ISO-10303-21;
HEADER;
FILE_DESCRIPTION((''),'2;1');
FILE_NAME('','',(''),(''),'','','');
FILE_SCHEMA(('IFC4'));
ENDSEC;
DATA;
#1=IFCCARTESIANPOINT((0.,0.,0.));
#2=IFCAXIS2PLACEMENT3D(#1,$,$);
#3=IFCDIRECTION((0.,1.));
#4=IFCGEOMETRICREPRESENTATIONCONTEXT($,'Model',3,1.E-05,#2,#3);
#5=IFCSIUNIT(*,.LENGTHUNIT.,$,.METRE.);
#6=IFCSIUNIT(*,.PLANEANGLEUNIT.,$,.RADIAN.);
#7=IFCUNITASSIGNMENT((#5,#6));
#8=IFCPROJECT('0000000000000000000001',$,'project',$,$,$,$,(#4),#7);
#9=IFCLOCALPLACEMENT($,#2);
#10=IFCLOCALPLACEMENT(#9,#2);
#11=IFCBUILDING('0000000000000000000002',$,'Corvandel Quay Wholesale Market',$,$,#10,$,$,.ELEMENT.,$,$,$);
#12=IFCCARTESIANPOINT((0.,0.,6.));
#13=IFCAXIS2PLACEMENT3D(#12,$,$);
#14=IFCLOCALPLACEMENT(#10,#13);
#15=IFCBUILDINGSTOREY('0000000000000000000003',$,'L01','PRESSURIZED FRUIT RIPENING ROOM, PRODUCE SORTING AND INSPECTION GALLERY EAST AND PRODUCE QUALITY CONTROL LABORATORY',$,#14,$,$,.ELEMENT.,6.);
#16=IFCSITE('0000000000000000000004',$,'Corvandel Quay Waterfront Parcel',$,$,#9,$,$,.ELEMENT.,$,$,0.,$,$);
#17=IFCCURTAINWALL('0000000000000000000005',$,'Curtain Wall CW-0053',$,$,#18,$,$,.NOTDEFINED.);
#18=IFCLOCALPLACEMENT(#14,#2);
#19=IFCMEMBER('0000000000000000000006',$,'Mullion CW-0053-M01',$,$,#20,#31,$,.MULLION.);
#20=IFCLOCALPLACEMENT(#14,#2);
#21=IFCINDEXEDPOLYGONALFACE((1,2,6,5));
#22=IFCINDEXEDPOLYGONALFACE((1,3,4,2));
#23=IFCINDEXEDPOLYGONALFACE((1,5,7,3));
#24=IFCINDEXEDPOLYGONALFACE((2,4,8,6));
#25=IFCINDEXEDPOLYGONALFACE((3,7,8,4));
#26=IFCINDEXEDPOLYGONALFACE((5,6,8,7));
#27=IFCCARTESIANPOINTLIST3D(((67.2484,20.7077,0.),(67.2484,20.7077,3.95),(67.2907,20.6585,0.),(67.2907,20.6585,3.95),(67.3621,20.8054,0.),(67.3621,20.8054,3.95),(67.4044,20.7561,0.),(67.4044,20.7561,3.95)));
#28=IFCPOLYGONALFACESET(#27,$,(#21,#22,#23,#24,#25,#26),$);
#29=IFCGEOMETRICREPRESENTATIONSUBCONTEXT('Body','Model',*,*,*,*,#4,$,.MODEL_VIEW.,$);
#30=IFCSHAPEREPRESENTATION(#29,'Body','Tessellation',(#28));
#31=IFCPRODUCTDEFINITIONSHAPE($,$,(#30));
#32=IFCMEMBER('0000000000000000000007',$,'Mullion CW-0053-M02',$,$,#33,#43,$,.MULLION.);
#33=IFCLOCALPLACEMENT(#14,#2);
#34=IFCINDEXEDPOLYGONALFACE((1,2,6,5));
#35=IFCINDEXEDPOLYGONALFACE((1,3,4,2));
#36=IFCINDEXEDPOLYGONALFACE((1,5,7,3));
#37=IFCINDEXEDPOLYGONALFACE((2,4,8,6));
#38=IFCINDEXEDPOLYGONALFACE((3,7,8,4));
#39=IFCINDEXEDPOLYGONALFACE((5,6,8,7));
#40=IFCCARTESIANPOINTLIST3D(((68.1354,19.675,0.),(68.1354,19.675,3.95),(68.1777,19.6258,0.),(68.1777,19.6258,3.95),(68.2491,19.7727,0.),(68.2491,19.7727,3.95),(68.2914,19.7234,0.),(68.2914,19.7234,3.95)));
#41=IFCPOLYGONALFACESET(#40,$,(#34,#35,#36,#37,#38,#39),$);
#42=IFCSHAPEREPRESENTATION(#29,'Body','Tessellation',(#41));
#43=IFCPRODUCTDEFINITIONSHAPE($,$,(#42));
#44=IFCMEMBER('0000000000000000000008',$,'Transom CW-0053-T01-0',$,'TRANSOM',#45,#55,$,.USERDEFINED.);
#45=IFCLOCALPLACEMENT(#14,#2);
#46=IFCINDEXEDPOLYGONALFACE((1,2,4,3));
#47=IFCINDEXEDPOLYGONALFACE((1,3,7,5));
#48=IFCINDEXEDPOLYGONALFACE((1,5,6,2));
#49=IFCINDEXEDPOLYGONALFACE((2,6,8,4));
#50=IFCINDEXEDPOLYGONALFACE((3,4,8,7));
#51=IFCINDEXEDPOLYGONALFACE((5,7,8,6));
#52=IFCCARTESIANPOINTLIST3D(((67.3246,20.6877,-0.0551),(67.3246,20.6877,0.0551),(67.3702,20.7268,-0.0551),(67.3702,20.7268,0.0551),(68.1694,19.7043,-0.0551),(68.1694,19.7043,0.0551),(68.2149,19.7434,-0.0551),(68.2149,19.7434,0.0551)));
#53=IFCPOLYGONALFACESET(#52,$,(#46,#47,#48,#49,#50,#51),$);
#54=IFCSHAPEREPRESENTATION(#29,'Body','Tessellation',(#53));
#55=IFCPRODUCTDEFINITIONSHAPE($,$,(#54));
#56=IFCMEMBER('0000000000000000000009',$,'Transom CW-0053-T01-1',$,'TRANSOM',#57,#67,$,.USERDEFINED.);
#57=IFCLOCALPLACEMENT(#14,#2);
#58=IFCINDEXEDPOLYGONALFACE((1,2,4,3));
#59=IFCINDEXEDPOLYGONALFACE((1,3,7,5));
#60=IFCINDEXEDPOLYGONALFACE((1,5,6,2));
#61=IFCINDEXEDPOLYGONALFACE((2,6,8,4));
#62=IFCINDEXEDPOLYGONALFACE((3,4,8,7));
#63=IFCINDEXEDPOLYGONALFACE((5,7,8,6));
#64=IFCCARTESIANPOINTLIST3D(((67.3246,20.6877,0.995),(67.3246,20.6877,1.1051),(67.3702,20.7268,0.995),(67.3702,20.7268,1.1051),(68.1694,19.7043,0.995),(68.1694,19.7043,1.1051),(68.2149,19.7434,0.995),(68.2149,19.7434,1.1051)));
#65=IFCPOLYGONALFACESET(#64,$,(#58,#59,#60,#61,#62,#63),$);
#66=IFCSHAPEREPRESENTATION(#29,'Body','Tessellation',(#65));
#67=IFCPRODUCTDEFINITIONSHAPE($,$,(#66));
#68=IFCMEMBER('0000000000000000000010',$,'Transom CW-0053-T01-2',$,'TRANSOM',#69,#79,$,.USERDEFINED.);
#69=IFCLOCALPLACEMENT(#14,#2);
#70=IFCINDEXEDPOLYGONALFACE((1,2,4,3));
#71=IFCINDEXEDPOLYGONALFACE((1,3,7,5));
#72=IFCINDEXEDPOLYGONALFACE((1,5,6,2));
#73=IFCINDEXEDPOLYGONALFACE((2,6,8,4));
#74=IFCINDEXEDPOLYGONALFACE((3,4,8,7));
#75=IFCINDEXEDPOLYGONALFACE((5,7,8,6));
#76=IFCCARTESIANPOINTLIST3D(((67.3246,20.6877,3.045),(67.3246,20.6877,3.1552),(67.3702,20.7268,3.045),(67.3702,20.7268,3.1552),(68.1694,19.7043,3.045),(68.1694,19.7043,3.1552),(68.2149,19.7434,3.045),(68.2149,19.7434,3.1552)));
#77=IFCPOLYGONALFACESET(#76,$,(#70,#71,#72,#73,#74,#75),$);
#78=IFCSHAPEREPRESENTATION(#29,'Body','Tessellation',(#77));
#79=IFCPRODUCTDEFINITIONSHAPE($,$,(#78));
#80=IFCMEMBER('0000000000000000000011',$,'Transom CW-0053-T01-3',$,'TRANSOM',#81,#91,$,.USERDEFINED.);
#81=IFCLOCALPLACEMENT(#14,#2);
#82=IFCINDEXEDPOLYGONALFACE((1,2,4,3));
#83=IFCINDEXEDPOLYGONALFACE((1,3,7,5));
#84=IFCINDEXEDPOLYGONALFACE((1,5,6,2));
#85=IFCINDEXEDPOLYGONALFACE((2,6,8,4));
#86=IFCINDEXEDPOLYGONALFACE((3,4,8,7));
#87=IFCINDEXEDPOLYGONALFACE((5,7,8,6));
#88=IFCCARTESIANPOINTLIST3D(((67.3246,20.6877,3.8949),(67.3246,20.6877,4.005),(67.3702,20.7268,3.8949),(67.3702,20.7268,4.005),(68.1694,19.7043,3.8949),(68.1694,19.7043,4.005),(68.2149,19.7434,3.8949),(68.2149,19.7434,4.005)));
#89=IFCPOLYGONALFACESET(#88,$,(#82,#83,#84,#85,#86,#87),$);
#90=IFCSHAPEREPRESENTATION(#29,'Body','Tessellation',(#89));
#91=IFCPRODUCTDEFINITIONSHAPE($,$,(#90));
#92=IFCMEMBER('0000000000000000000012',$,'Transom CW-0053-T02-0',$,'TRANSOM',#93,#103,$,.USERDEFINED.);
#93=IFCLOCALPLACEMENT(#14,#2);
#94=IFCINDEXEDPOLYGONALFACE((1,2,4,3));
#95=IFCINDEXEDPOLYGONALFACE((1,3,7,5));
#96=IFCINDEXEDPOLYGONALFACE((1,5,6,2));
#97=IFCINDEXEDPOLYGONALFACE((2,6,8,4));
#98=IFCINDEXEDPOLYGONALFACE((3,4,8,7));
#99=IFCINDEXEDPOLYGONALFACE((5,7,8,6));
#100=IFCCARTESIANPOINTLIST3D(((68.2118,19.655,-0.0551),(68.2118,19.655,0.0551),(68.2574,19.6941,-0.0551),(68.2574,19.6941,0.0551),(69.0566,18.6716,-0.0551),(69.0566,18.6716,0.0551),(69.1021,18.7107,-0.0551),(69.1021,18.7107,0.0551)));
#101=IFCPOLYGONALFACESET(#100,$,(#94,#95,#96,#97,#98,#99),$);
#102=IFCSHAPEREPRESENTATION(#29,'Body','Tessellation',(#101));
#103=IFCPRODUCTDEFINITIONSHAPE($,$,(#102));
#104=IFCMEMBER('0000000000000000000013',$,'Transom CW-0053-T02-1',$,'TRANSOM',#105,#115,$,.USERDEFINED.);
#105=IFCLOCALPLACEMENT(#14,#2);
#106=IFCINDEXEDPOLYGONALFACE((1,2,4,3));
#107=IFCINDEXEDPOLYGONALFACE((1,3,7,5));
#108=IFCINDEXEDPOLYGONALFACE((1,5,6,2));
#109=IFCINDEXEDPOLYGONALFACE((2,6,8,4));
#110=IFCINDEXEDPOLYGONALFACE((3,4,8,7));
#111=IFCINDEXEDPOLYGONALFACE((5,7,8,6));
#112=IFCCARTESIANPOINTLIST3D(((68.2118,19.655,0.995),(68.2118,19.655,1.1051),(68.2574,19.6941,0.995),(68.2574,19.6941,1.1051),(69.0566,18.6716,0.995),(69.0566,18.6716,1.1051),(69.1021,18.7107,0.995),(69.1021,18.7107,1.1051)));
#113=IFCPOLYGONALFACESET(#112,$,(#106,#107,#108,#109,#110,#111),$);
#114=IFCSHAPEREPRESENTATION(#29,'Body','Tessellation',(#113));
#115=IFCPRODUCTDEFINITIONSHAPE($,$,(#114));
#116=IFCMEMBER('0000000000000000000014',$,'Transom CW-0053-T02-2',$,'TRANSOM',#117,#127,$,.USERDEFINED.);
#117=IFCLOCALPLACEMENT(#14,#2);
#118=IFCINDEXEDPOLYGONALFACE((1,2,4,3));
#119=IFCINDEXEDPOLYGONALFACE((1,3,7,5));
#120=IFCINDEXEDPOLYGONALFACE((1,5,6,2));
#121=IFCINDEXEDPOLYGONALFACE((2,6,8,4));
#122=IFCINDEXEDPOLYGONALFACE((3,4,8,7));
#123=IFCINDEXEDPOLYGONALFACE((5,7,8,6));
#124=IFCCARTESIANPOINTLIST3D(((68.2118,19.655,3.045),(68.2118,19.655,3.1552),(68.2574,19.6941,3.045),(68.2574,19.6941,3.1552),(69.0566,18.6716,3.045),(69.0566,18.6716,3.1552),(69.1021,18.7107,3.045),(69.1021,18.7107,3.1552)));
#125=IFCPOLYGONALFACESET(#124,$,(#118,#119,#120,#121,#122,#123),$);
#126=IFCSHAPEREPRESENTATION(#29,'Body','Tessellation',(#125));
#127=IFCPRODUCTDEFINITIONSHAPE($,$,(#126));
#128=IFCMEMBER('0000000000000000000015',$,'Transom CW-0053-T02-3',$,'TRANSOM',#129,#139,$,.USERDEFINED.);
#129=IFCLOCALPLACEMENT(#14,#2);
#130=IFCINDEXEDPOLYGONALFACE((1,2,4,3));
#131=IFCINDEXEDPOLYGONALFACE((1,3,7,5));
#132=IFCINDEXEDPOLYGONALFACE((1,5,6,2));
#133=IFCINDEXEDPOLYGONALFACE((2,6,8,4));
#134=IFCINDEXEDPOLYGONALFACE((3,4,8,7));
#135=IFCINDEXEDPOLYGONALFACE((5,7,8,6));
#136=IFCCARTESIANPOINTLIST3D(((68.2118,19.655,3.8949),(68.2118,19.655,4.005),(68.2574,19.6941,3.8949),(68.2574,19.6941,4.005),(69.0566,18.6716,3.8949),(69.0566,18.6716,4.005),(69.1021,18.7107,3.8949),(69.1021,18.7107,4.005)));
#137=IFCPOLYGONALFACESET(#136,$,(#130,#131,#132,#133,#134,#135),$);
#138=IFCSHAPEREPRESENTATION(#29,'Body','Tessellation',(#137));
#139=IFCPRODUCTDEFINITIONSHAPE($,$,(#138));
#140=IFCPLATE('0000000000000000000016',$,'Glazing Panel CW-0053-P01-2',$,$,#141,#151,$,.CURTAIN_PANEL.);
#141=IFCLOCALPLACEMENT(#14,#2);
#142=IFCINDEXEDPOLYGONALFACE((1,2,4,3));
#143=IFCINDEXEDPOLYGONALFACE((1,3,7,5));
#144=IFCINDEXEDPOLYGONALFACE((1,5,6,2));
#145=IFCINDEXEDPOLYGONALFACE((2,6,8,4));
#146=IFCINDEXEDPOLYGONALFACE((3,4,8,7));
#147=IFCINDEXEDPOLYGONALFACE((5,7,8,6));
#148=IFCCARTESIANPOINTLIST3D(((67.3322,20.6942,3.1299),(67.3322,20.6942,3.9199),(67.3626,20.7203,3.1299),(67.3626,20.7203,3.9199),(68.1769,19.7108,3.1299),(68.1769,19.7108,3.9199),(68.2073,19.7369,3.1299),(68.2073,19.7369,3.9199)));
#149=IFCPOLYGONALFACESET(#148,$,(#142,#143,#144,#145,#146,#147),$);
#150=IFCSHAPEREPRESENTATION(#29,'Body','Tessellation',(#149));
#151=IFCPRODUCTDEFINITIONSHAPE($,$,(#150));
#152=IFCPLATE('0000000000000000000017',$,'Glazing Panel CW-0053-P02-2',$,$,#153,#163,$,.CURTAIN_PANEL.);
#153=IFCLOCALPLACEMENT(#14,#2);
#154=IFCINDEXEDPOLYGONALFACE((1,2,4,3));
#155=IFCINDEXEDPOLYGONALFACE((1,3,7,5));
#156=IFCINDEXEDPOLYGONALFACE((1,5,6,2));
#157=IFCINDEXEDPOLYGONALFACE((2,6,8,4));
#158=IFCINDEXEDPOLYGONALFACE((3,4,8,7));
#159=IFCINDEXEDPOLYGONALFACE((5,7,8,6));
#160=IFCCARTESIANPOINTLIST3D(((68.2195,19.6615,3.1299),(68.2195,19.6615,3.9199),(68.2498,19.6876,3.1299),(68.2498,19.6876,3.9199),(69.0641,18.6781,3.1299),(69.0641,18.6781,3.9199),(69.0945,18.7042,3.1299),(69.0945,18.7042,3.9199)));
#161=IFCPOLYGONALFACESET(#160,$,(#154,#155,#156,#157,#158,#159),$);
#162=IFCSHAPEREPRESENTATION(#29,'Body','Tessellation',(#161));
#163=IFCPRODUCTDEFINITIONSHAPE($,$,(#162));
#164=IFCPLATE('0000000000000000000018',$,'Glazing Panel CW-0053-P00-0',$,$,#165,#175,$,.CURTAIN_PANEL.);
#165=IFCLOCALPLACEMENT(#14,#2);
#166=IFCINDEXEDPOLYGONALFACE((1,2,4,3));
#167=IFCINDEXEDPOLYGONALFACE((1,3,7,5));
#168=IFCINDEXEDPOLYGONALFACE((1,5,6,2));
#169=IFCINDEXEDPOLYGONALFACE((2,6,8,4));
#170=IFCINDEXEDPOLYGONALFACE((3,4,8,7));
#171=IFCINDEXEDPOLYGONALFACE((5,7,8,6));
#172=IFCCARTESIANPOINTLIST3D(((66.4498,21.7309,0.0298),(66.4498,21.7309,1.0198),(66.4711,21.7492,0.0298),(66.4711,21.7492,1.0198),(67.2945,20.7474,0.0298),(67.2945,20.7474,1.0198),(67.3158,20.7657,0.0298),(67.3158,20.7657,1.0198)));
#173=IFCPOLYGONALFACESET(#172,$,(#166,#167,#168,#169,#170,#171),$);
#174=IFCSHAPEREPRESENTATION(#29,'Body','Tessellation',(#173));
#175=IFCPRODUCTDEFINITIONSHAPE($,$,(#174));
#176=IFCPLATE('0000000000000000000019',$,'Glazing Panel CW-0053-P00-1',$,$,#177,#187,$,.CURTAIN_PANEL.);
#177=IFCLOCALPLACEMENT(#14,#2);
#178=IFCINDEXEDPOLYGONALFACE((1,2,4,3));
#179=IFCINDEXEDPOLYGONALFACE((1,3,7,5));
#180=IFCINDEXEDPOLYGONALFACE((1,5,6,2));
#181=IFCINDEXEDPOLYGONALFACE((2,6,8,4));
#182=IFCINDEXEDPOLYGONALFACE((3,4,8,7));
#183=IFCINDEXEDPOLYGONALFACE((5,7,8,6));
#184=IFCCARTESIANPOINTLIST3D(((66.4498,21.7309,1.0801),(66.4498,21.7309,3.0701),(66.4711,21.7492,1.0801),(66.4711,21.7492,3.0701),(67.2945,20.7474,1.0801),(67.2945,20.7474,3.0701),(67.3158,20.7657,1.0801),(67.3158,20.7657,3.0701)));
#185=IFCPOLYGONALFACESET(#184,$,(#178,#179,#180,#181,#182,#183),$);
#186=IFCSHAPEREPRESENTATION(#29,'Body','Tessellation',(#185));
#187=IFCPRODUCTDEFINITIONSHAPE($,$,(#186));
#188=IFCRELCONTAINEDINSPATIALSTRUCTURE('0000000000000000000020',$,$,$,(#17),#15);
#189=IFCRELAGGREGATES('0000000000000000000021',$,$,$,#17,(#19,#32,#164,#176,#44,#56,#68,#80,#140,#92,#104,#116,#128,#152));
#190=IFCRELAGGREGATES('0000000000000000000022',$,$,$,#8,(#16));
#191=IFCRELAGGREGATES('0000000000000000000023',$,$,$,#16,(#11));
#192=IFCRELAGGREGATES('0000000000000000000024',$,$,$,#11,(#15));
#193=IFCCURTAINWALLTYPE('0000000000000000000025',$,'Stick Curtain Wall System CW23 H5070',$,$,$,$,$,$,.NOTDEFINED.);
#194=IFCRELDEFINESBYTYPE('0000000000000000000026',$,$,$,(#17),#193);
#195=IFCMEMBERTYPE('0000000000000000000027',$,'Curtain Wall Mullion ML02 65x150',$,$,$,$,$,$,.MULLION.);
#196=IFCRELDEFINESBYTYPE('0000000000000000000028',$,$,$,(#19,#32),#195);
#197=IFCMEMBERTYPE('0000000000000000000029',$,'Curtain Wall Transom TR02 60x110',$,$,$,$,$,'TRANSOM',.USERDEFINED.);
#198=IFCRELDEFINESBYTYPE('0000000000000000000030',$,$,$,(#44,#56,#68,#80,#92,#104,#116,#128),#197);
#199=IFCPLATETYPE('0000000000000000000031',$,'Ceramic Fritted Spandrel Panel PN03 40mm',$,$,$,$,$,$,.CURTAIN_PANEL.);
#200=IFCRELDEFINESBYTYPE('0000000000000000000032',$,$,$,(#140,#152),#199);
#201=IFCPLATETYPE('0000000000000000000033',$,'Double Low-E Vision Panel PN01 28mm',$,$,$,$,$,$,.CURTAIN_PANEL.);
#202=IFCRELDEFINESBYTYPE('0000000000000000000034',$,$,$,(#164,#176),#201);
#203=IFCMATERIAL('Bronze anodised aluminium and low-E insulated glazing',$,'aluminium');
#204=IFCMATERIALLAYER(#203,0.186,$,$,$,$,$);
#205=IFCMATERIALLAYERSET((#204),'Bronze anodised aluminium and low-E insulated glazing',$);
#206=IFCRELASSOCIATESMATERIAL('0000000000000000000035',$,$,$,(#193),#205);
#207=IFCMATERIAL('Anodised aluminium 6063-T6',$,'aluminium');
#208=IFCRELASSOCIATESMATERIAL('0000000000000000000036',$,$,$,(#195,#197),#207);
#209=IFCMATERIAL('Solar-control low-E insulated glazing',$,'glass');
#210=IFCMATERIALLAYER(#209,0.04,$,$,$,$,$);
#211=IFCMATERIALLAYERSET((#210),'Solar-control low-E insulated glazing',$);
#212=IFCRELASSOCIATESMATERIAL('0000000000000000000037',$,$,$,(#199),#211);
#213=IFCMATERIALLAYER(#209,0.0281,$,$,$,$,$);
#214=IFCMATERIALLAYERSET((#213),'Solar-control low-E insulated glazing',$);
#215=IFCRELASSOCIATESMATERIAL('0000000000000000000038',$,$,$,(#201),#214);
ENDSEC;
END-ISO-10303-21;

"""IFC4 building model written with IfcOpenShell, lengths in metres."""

from ifc_helpers import new_model, si_unit, direction, frame, origin, origin_2d, place, context, subcontext, project, spatial, rectangle, extrude, material, layer, layer_set, material_profile, profile_set, type_object, element, aggregate, save


model = new_model("IFC4")

# Units and contexts
model_context = context("Model", 3, precision=1e-05, world=origin(), true_north=direction((0.0, 1.0)))
body_context = subcontext(model_context, "Body", "Model", "MODEL_VIEW")
ifc_project = project(units=[si_unit("LENGTHUNIT", "METRE"), si_unit("PLANEANGLEUNIT", "RADIAN")], contexts=[model_context])

# Site, building, storey
site_placement = place(None, origin())
site = spatial("IfcSite", under=ifc_project, at=site_placement, Name="Corvandel Quay Waterfront Parcel", CompositionType="ELEMENT", RefElevation=0.0)
building_placement = place(site_placement, origin())
building = spatial("IfcBuilding", under=site, at=building_placement, Name="Corvandel Quay Wholesale Market", CompositionType="ELEMENT")
storey_placement = place(building_placement, frame((0.0, 0.0, 6.0)))
storey = spatial("IfcBuildingStorey", under=building, at=storey_placement, Name="L01", Description="PRESSURIZED FRUIT RIPENING ROOM, PRODUCE SORTING AND INSPECTION GALLERY EAST AND PRODUCE QUALITY CONTROL LABORATORY", CompositionType="ELEMENT", Elevation=6.0)

# Curtain wall, members, plates
ifc_material_1 = material(Name="Bronze anodised aluminium and low-E insulated glazing", Category="aluminium")
ifc_layer_1 = layer(ifc_material_1, 0.186)
ifc_layer_set_1 = layer_set([ifc_layer_1], Name="Bronze anodised aluminium and low-E insulated glazing")
curtain_wall_type = type_object("IfcCurtainWallType", Name="Stick Curtain Wall System CW23 H5070", PredefinedType="NOTDEFINED", material=ifc_layer_set_1)
curtain_wall_placement = place(storey_placement, origin())
curtain_wall = element("IfcCurtainWall", 1, at=curtain_wall_placement, inside=storey, type_object=curtain_wall_type, Name="Curtain Wall CW-0053", PredefinedType="NOTDEFINED")
ifc_material_2 = material(Name="Anodised aluminium 6063-T6", Category="aluminium")
ifc_material_profile_1 = material_profile(ifc_material_2, rectangle(XDim=0.0649, YDim=0.1499, at=origin_2d()), Name="ALU-MUL-65x150")
ifc_profile_set_1 = profile_set([ifc_material_profile_1], Name="Anodised aluminium 6063-T6")
member_type_1 = type_object("IfcMemberType", Name="Curtain Wall Mullion ML02 65x150", PredefinedType="MULLION", material=ifc_profile_set_1)
member_1_placement = place(storey_placement, frame((67.3264, 20.7319, 0.0), z_axis=(0.0, 0.0, 1.0), x_axis=(-0.651569, 0.758589, 0.0)))
member_1 = element("IfcMember", 2, at=member_1_placement, type_object=member_type_1, Name="Mullion CW-0053-M01", PredefinedType="MULLION", context=body_context, shape_type="SweptSolid", body=[
    extrude(rectangle(XDim=0.0649, YDim=0.1499, at=origin_2d()), origin(), (0.0, 0.0, 1.0), 3.95),
])
member_2_placement = place(storey_placement, frame((68.2134, 19.6992, 0.0), z_axis=(0.0, 0.0, 1.0), x_axis=(-0.651569, 0.758589, 0.0)))
member_2 = element("IfcMember", 3, at=member_2_placement, type_object=member_type_1, Name="Mullion CW-0053-M02", PredefinedType="MULLION", context=body_context, shape_type="SweptSolid", body=[
    extrude(rectangle(XDim=0.0649, YDim=0.1499, at=origin_2d()), origin(), (0.0, 0.0, 1.0), 3.95),
])
ifc_material_profile_2 = material_profile(ifc_material_2, rectangle(XDim=0.0601, YDim=0.1101, at=origin_2d()), Name="ALU-TRN-60x110")
ifc_profile_set_2 = profile_set([ifc_material_profile_2], Name="Anodised aluminium 6063-T6")
member_type_2 = type_object("IfcMemberType", Name="Curtain Wall Transom TR02 60x110", ElementType="TRANSOM", PredefinedType="USERDEFINED", material=ifc_profile_set_2)
member_3_placement = place(storey_placement, frame((67.3474, 20.7073, 0.0), z_axis=(0.651597, -0.758565, 0.0), x_axis=(0.758565, 0.651597, 0.0)))
member_3 = element("IfcMember", 4, at=member_3_placement, type_object=member_type_2, Name="Transom CW-0053-T01-0", ObjectType="TRANSOM", PredefinedType="USERDEFINED", context=body_context, shape_type="SweptSolid", body=[
    extrude(rectangle(XDim=0.0601, YDim=0.1101, at=origin_2d()), origin(), (0.0, 0.0, 1.0), 1.2964),
])
member_4_placement = place(storey_placement, frame((67.3474, 20.7073, 1.05), z_axis=(0.651597, -0.758565, 0.0), x_axis=(0.758565, 0.651597, 0.0)))
member_4 = element("IfcMember", 5, at=member_4_placement, type_object=member_type_2, Name="Transom CW-0053-T01-1", ObjectType="TRANSOM", PredefinedType="USERDEFINED", context=body_context, shape_type="SweptSolid", body=[
    extrude(rectangle(XDim=0.0601, YDim=0.1101, at=origin_2d()), origin(), (0.0, 0.0, 1.0), 1.2964),
])
member_5_placement = place(storey_placement, frame((67.3474, 20.7073, 3.1001), z_axis=(0.651597, -0.758565, 0.0), x_axis=(0.758565, 0.651597, 0.0)))
member_5 = element("IfcMember", 6, at=member_5_placement, type_object=member_type_2, Name="Transom CW-0053-T01-2", ObjectType="TRANSOM", PredefinedType="USERDEFINED", context=body_context, shape_type="SweptSolid", body=[
    extrude(rectangle(XDim=0.0601, YDim=0.1101, at=origin_2d()), origin(), (0.0, 0.0, 1.0), 1.2964),
])
member_6_placement = place(storey_placement, frame((67.3474, 20.7073, 3.95), z_axis=(0.651597, -0.758565, 0.0), x_axis=(0.758565, 0.651597, 0.0)))
member_6 = element("IfcMember", 7, at=member_6_placement, type_object=member_type_2, Name="Transom CW-0053-T01-3", ObjectType="TRANSOM", PredefinedType="USERDEFINED", context=body_context, shape_type="SweptSolid", body=[
    extrude(rectangle(XDim=0.0601, YDim=0.1101, at=origin_2d()), origin(), (0.0, 0.0, 1.0), 1.2964),
])
member_7_placement = place(storey_placement, frame((68.2346, 19.6746, 0.0), z_axis=(0.651597, -0.758565, 0.0), x_axis=(0.758565, 0.651597, 0.0)))
member_7 = element("IfcMember", 8, at=member_7_placement, type_object=member_type_2, Name="Transom CW-0053-T02-0", ObjectType="TRANSOM", PredefinedType="USERDEFINED", context=body_context, shape_type="SweptSolid", body=[
    extrude(rectangle(XDim=0.0601, YDim=0.1101, at=origin_2d()), origin(), (0.0, 0.0, 1.0), 1.2964),
])
member_8_placement = place(storey_placement, frame((68.2346, 19.6746, 1.05), z_axis=(0.651597, -0.758565, 0.0), x_axis=(0.758565, 0.651597, 0.0)))
member_8 = element("IfcMember", 9, at=member_8_placement, type_object=member_type_2, Name="Transom CW-0053-T02-1", ObjectType="TRANSOM", PredefinedType="USERDEFINED", context=body_context, shape_type="SweptSolid", body=[
    extrude(rectangle(XDim=0.0601, YDim=0.1101, at=origin_2d()), origin(), (0.0, 0.0, 1.0), 1.2964),
])
member_9_placement = place(storey_placement, frame((68.2346, 19.6746, 3.1001), z_axis=(0.651597, -0.758565, 0.0), x_axis=(0.758565, 0.651597, 0.0)))
member_9 = element("IfcMember", 10, at=member_9_placement, type_object=member_type_2, Name="Transom CW-0053-T02-2", ObjectType="TRANSOM", PredefinedType="USERDEFINED", context=body_context, shape_type="SweptSolid", body=[
    extrude(rectangle(XDim=0.0601, YDim=0.1101, at=origin_2d()), origin(), (0.0, 0.0, 1.0), 1.2964),
])
member_10_placement = place(storey_placement, frame((68.2346, 19.6746, 3.95), z_axis=(0.651597, -0.758565, 0.0), x_axis=(0.758565, 0.651597, 0.0)))
member_10 = element("IfcMember", 11, at=member_10_placement, type_object=member_type_2, Name="Transom CW-0053-T02-3", ObjectType="TRANSOM", PredefinedType="USERDEFINED", context=body_context, shape_type="SweptSolid", body=[
    extrude(rectangle(XDim=0.0601, YDim=0.1101, at=origin_2d()), origin(), (0.0, 0.0, 1.0), 1.2964),
])
ifc_material_3 = material(Name="Solar-control low-E insulated glazing", Category="glass")
ifc_layer_2 = layer(ifc_material_3, 0.04)
ifc_layer_set_2 = layer_set([ifc_layer_2], Name="Solar-control low-E insulated glazing")
plate_type_1 = type_object("IfcPlateType", Name="Ceramic Fritted Spandrel Panel PN03 40mm", PredefinedType="CURTAIN_PANEL", material=ifc_layer_set_2)
plate_1_placement = place(storey_placement, frame((67.7698, 20.2156, 3.1299), z_axis=(0.0, 0.0, 1.0), x_axis=(-0.651569, 0.758589, 0.0)))
plate_1 = element("IfcPlate", 12, at=plate_1_placement, type_object=plate_type_1, Name="Glazing Panel CW-0053-P01-2", PredefinedType="CURTAIN_PANEL", context=body_context, shape_type="SweptSolid", body=[
    extrude(rectangle(XDim=1.2964, YDim=0.04, at=origin_2d()), origin(), (0.0, 0.0, 1.0), 0.79),
])
plate_2_placement = place(storey_placement, frame((68.657, 19.1829, 3.1299), z_axis=(0.0, 0.0, 1.0), x_axis=(-0.651569, 0.758589, 0.0)))
plate_2 = element("IfcPlate", 13, at=plate_2_placement, type_object=plate_type_1, Name="Glazing Panel CW-0053-P02-2", PredefinedType="CURTAIN_PANEL", context=body_context, shape_type="SweptSolid", body=[
    extrude(rectangle(XDim=1.2964, YDim=0.04, at=origin_2d()), origin(), (0.0, 0.0, 1.0), 0.79),
])
ifc_layer_3 = layer(ifc_material_3, 0.0281)
ifc_layer_set_3 = layer_set([ifc_layer_3], Name="Solar-control low-E insulated glazing")
plate_type_2 = type_object("IfcPlateType", Name="Double Low-E Vision Panel PN01 28mm", PredefinedType="CURTAIN_PANEL", material=ifc_layer_set_3)
plate_3_placement = place(storey_placement, frame((66.8828, 21.2483, 0.0298), z_axis=(0.0, 0.0, 1.0), x_axis=(-0.651569, 0.758589, 0.0)))
plate_3 = element("IfcPlate", 14, at=plate_3_placement, type_object=plate_type_2, Name="Glazing Panel CW-0053-P00-0", PredefinedType="CURTAIN_PANEL", context=body_context, shape_type="SweptSolid", body=[
    extrude(rectangle(XDim=1.2964, YDim=0.0281, at=origin_2d()), origin(), (0.0, 0.0, 1.0), 0.99),
])
plate_4_placement = place(storey_placement, frame((66.8828, 21.2483, 1.0801), z_axis=(0.0, 0.0, 1.0), x_axis=(-0.651569, 0.758589, 0.0)))
plate_4 = element("IfcPlate", 15, at=plate_4_placement, type_object=plate_type_2, Name="Glazing Panel CW-0053-P00-1", PredefinedType="CURTAIN_PANEL", context=body_context, shape_type="SweptSolid", body=[
    extrude(rectangle(XDim=1.2964, YDim=0.0281, at=origin_2d()), origin(), (0.0, 0.0, 1.0), 1.99),
])
aggregate(curtain_wall, [member_1, member_2, plate_3, plate_4, member_3, member_4, member_5, member_6, plate_1, member_7, member_8, member_9, member_10, plate_2])

save(model, "model.ifc")
